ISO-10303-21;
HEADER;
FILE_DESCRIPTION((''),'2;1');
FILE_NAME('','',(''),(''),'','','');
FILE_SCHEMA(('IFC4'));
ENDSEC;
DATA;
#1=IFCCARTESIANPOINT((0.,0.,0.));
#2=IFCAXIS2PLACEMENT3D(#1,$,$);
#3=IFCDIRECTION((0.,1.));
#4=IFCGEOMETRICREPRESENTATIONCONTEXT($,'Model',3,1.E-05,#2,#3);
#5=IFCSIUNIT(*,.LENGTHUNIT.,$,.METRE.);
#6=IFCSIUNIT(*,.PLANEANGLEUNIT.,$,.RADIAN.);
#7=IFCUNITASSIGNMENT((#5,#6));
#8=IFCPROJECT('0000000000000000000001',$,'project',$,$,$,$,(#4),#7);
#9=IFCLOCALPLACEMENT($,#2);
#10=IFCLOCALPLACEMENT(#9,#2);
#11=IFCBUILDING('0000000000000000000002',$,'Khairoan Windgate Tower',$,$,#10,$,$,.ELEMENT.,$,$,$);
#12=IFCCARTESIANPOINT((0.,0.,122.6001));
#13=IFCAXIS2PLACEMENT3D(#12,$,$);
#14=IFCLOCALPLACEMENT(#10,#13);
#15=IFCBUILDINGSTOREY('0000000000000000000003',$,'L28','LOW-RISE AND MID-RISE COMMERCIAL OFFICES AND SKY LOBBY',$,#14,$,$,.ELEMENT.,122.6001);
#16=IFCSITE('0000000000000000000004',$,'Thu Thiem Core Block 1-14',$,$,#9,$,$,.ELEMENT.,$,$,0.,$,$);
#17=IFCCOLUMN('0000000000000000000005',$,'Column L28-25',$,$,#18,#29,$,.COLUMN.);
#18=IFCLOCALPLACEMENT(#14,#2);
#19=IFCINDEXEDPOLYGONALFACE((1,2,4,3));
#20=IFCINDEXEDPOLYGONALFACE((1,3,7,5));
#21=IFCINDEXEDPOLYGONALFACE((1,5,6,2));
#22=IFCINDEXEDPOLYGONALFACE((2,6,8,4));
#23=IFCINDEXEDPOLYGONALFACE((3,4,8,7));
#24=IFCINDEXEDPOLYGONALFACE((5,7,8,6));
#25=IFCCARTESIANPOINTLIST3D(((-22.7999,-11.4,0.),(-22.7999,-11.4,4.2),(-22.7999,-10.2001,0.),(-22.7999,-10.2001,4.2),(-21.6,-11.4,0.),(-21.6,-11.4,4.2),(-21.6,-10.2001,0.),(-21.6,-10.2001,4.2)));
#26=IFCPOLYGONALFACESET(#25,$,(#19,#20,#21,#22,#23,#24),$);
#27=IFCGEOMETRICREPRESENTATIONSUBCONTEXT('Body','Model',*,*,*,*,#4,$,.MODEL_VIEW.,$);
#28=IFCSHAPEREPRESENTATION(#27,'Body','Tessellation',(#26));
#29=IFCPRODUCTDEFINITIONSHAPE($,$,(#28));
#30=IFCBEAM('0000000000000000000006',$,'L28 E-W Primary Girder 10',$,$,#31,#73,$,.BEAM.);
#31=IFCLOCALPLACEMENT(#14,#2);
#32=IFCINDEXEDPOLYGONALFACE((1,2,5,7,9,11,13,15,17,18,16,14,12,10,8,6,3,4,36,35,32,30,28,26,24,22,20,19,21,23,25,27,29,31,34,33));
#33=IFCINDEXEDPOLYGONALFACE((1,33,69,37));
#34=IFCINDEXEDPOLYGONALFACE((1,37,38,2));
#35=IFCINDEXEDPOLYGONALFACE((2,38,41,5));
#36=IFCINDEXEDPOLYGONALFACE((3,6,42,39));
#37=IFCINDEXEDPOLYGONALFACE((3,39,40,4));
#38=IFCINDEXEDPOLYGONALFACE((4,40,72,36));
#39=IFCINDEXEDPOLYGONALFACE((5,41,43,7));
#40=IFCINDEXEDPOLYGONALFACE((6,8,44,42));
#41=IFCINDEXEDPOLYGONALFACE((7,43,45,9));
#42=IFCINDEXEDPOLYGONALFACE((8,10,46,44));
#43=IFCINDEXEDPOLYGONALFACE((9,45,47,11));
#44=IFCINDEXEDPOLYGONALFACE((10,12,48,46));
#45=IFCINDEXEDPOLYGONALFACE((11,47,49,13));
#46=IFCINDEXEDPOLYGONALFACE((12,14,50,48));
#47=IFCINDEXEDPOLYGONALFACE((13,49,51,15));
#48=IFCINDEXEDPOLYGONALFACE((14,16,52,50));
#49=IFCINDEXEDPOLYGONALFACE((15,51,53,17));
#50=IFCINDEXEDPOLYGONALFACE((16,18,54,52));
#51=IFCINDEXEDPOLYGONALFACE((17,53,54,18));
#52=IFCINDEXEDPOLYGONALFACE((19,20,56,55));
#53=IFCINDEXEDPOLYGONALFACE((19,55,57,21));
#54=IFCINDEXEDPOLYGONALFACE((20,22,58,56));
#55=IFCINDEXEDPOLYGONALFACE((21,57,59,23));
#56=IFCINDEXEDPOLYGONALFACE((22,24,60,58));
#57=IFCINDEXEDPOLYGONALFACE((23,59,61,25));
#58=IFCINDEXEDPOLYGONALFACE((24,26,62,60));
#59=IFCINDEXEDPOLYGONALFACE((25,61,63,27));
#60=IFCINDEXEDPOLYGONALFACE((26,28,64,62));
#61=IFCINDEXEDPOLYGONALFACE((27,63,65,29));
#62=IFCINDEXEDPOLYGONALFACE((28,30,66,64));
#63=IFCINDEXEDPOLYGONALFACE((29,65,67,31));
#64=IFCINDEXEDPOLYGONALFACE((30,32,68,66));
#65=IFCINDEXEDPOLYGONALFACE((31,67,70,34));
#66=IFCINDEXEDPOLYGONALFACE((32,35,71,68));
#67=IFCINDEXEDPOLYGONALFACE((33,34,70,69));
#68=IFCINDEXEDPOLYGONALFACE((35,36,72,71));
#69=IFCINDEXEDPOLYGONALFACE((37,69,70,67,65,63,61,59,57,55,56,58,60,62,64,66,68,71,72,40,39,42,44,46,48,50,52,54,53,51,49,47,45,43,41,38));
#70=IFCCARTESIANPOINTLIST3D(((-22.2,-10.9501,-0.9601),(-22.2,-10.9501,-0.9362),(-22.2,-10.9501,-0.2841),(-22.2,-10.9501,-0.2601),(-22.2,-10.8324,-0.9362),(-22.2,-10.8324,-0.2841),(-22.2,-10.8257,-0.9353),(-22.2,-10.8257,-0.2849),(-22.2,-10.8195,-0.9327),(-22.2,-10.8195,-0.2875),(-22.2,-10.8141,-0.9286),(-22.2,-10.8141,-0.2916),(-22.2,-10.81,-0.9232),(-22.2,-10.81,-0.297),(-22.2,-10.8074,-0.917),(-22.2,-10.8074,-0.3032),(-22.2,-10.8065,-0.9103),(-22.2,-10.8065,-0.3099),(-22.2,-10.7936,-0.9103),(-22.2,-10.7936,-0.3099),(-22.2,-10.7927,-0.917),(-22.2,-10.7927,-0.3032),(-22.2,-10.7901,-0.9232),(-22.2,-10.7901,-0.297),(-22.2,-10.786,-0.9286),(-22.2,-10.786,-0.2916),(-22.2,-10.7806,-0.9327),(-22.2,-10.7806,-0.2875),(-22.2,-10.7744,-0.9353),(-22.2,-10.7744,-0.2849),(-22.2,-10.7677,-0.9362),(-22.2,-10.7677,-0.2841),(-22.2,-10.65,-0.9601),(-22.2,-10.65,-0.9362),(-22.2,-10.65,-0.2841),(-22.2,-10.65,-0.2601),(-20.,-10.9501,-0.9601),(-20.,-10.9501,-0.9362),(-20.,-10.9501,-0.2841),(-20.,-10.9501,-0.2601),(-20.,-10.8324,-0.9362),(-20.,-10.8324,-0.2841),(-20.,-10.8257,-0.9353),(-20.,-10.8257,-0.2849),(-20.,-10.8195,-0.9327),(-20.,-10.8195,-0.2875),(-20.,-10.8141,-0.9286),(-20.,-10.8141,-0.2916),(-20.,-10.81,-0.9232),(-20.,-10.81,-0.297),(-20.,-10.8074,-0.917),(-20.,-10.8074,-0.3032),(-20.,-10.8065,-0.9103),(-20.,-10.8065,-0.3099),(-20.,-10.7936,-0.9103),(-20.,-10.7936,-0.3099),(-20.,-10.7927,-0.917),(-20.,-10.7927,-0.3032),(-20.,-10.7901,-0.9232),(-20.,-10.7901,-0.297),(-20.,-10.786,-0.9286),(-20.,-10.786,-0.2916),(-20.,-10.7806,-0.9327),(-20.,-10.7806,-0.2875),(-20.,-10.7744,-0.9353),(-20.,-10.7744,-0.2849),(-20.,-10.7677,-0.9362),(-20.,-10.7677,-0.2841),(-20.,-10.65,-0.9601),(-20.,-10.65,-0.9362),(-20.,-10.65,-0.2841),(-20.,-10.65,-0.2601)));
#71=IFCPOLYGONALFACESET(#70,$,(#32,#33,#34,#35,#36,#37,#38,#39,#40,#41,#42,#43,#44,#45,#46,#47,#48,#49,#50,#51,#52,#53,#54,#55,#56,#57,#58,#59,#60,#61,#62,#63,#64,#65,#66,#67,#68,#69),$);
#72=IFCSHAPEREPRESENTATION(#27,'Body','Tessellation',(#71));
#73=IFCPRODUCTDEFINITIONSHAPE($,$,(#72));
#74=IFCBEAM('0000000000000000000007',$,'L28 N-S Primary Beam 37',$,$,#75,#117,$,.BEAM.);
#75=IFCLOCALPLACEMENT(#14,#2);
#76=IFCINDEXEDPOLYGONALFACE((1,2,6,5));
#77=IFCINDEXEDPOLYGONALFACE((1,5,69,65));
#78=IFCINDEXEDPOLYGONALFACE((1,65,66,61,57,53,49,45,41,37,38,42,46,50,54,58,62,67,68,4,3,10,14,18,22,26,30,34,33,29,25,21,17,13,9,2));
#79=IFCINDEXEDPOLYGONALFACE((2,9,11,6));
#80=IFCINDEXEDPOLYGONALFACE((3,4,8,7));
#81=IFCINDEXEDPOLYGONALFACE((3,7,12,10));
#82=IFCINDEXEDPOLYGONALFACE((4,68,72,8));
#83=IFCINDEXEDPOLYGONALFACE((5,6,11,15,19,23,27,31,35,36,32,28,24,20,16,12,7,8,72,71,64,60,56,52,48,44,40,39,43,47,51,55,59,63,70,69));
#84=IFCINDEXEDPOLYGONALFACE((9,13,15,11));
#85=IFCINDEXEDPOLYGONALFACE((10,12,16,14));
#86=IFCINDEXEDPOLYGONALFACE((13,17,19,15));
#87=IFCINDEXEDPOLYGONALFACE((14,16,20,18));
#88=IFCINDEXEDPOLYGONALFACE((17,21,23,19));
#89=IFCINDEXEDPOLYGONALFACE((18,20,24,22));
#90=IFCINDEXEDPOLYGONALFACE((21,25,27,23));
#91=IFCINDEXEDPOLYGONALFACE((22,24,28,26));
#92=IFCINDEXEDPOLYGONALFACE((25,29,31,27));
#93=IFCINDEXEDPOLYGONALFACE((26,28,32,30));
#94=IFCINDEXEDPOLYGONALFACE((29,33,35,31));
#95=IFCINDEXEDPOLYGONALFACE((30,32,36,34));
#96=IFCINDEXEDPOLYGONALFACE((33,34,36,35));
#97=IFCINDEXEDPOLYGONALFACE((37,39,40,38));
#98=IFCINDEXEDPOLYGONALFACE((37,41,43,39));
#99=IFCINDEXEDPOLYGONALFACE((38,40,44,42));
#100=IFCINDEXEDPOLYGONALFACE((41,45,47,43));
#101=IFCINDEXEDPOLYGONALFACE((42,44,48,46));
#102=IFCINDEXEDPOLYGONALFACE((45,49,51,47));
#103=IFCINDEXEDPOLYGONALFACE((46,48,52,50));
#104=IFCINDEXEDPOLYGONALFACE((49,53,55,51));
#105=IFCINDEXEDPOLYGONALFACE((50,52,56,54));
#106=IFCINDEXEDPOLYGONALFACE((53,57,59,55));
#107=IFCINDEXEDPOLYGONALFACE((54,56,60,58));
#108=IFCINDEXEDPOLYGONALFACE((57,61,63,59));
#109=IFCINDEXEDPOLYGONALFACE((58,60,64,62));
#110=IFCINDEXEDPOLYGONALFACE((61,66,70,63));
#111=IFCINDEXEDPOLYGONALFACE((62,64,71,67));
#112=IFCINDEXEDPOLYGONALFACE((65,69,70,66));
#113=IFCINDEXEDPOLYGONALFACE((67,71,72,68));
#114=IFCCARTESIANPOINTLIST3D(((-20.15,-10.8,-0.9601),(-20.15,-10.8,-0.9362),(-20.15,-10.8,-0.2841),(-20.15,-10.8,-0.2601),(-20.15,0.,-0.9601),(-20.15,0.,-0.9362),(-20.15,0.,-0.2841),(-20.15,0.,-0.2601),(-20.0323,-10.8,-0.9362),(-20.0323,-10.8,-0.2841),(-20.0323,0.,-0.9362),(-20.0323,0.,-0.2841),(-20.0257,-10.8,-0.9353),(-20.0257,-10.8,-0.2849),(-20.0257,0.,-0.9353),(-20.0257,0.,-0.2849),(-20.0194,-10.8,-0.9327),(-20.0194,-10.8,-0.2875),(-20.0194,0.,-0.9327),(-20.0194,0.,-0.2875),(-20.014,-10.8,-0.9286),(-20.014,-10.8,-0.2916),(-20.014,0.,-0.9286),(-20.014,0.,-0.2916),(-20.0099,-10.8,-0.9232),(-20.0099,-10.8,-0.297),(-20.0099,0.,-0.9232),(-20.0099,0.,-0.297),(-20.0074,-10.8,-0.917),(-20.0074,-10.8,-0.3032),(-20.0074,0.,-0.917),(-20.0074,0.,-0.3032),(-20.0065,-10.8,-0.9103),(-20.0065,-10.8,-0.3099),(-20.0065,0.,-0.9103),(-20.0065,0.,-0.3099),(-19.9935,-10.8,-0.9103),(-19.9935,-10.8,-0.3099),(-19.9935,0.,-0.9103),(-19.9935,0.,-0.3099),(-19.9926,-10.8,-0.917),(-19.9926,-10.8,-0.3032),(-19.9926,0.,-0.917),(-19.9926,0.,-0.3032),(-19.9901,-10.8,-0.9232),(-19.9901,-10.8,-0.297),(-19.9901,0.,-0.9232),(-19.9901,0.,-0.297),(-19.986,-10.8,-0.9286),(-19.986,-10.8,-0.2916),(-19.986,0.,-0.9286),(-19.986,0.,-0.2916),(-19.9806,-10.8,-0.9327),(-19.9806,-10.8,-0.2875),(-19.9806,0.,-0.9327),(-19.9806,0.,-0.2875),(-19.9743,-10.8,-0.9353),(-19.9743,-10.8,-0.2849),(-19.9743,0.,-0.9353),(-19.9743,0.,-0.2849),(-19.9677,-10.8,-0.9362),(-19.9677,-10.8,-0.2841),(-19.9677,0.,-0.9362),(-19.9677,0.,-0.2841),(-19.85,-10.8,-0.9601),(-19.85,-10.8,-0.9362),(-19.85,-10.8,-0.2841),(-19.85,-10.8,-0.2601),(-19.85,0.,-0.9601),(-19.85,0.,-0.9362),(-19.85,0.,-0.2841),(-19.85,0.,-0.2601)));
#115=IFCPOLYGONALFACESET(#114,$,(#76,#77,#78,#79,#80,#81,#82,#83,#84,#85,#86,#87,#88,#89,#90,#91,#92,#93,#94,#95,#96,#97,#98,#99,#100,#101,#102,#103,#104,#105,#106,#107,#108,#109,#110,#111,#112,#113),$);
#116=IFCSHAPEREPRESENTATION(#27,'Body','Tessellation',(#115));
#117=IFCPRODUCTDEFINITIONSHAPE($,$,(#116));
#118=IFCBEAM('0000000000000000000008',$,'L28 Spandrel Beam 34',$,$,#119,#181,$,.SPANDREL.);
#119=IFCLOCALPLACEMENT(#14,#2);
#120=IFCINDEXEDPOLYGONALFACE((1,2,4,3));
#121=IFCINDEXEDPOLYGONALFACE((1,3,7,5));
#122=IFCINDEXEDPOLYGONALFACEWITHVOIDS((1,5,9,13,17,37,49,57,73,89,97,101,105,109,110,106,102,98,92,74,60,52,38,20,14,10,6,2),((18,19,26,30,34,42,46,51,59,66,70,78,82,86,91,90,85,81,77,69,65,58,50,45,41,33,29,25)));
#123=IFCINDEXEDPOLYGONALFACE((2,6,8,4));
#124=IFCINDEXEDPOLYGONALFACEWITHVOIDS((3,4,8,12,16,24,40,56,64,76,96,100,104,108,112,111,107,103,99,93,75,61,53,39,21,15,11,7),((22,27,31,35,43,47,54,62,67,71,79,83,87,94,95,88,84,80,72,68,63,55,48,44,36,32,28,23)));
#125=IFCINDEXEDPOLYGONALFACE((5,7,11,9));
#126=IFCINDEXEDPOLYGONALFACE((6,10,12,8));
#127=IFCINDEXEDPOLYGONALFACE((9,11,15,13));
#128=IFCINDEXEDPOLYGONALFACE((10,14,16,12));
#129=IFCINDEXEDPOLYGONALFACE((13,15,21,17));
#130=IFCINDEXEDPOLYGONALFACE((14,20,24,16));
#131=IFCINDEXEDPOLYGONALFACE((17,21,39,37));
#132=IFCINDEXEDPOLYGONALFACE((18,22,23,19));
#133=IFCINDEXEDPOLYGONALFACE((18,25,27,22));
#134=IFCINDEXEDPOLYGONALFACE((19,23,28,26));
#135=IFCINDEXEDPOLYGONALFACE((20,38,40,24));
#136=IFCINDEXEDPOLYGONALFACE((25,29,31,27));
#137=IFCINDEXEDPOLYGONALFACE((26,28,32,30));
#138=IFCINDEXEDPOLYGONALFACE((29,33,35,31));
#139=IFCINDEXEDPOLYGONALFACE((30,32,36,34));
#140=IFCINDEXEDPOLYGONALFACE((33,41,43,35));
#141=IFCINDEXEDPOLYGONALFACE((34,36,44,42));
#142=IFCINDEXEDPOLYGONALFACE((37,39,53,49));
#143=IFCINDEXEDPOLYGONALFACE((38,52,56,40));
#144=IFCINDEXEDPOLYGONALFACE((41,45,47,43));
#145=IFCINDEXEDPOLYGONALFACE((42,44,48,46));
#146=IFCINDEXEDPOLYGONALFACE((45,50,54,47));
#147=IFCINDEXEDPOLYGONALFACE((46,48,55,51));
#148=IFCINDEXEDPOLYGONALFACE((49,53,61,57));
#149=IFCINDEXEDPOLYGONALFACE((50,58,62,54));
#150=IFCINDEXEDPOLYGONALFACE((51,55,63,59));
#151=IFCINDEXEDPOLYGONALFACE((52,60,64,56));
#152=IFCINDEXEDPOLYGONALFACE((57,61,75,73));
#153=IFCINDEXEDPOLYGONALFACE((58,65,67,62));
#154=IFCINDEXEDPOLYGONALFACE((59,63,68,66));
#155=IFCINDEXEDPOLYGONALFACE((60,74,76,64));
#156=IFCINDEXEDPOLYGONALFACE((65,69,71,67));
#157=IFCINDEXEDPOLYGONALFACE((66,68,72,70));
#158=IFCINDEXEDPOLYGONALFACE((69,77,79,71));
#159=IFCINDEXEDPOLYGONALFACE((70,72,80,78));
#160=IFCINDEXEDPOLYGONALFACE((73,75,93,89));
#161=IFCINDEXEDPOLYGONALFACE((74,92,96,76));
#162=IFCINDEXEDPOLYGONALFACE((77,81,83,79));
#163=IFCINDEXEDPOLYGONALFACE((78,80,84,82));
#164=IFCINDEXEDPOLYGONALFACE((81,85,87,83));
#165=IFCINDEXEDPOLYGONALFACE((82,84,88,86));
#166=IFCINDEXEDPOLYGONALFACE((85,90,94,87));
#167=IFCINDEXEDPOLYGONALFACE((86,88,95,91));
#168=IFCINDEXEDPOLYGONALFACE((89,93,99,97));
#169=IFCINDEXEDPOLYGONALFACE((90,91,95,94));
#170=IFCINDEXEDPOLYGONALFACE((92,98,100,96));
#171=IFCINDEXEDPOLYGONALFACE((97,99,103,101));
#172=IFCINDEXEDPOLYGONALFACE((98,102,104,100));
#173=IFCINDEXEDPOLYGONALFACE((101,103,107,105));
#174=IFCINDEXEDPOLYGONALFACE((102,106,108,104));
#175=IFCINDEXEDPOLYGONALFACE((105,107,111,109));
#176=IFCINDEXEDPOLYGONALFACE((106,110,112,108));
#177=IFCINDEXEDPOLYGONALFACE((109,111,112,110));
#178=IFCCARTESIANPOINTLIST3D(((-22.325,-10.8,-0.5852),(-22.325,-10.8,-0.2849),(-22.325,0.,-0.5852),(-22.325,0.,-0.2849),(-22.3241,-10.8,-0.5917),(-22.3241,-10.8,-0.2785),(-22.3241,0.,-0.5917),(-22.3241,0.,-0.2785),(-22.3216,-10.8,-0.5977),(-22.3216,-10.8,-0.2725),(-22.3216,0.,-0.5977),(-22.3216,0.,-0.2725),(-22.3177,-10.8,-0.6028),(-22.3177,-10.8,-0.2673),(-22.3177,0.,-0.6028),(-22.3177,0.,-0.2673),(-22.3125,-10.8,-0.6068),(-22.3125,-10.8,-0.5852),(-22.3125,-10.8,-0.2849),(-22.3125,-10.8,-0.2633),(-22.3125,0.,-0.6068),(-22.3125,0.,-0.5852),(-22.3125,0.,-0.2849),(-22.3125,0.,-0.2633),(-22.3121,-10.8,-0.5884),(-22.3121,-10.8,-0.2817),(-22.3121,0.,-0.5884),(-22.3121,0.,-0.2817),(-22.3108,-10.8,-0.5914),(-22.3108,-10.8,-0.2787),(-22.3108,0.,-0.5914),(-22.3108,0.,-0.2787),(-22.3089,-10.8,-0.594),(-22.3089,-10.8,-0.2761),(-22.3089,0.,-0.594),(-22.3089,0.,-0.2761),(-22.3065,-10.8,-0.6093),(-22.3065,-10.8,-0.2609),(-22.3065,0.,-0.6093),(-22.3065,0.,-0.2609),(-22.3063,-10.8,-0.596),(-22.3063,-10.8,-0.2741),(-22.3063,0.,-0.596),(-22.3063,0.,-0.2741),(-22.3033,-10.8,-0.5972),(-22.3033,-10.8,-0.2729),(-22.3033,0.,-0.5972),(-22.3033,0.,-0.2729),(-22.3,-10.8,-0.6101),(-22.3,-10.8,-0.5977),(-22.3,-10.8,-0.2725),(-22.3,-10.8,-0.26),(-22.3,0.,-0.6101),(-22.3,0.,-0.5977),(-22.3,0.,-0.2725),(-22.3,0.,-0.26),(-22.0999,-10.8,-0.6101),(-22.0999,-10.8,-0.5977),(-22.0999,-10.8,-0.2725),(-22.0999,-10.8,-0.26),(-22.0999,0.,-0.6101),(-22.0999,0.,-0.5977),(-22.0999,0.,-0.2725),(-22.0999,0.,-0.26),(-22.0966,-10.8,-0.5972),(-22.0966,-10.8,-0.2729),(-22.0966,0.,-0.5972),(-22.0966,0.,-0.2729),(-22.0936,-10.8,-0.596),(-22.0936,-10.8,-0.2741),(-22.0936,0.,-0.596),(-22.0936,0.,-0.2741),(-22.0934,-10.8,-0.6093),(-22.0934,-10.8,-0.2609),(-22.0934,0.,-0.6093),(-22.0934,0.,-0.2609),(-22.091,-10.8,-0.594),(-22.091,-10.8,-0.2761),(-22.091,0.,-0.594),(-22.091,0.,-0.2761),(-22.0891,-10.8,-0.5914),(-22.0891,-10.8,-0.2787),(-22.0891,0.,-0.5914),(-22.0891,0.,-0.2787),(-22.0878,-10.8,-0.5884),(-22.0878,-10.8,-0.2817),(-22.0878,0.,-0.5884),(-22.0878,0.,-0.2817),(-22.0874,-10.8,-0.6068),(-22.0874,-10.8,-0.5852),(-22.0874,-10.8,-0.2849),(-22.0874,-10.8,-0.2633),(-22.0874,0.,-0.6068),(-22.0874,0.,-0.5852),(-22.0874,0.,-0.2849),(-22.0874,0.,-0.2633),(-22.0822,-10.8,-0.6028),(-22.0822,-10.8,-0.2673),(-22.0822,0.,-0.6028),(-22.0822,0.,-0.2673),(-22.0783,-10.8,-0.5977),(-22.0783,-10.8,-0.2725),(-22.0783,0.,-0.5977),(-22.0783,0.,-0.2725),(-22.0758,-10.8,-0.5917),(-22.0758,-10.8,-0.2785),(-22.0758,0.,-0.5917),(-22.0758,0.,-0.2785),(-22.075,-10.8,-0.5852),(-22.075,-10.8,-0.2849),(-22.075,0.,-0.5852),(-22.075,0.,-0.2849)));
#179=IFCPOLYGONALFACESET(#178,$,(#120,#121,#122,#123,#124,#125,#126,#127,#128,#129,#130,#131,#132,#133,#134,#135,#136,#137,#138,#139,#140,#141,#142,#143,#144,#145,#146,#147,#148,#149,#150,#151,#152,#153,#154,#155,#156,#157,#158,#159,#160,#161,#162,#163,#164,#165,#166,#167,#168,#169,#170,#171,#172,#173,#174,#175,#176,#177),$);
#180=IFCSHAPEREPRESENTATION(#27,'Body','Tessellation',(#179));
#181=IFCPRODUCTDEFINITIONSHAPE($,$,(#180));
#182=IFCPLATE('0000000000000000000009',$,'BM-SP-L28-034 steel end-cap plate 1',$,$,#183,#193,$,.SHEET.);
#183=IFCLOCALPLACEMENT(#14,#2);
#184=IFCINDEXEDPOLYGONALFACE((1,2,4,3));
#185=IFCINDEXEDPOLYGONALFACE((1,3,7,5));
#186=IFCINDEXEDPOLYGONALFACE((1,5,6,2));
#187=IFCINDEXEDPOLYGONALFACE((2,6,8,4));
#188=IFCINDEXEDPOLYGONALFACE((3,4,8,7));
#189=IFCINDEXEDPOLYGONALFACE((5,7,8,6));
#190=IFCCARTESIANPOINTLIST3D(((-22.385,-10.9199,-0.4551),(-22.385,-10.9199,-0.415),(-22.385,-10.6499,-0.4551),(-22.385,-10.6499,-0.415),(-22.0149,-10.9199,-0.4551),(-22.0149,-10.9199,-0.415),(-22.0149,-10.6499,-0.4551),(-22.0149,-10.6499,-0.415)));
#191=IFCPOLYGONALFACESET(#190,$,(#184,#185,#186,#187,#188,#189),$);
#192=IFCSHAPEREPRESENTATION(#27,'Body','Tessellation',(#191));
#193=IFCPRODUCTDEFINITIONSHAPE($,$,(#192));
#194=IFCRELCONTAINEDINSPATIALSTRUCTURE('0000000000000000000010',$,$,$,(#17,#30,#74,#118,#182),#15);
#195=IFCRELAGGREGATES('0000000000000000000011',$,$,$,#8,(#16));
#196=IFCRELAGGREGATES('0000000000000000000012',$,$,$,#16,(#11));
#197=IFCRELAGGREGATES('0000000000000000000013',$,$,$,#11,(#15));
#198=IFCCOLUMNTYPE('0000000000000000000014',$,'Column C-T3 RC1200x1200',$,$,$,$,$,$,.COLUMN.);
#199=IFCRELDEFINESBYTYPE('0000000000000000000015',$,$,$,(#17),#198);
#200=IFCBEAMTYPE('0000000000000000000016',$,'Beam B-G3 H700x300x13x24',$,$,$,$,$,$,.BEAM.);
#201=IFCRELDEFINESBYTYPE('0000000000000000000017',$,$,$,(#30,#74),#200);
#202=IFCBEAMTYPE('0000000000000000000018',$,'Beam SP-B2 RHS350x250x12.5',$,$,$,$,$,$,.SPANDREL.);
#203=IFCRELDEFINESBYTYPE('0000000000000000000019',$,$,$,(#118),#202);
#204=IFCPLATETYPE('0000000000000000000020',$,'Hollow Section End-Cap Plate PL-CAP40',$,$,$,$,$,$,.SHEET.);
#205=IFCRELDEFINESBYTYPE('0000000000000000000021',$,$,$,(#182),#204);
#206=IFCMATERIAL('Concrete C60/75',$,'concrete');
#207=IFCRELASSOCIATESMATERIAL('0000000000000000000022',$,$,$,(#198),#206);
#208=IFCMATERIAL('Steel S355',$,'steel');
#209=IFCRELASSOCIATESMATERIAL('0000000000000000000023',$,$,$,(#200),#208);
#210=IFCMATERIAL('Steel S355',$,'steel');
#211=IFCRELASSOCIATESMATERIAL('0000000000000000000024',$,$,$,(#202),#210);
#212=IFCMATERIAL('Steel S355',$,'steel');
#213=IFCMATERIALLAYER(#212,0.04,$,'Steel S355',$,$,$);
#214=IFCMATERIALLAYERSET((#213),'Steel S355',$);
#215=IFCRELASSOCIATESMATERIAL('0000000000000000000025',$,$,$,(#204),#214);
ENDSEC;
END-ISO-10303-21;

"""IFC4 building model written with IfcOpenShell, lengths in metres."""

from ifc_helpers import new_model, si_unit, direction, frame, origin, origin_2d, place, context, subcontext, project, spatial, rectangle, hollow_rectangle, i_section, extrude, material, layer, layer_set, material_profile, profile_set, type_object, element, save


model = new_model("IFC4")

# Units and contexts
model_context = context("Model", 3, precision=1e-05, world=origin(), true_north=direction((0.0, 1.0)))
body_context = subcontext(model_context, "Body", "Model", "MODEL_VIEW")
ifc_project = project(units=[si_unit("LENGTHUNIT", "METRE"), si_unit("PLANEANGLEUNIT", "RADIAN")], contexts=[model_context])

# Site, building, storey
site_placement = place(None, origin())
site = spatial("IfcSite", under=ifc_project, at=site_placement, Name="Thu Thiem Core Block 1-14", CompositionType="ELEMENT", RefElevation=0.0)
building_placement = place(site_placement, origin())
building = spatial("IfcBuilding", under=site, at=building_placement, Name="Khairoan Windgate Tower", CompositionType="ELEMENT")
storey_placement = place(building_placement, frame((0.0, 0.0, 122.6001)))
storey = spatial("IfcBuildingStorey", under=building, at=storey_placement, Name="L28", Description="LOW-RISE AND MID-RISE COMMERCIAL OFFICES AND SKY LOBBY", CompositionType="ELEMENT", Elevation=122.6001)

# Column
ifc_material_1 = material(Name="Concrete C60/75", Category="concrete")
ifc_material_profile_1 = material_profile(ifc_material_1, rectangle(XDim=1.2, YDim=1.2, at=origin_2d()))
ifc_profile_set_1 = profile_set([ifc_material_profile_1], Name="Concrete C60/75")
column_type = type_object("IfcColumnType", Name="Column C-T3 RC1200x1200", PredefinedType="COLUMN", material=ifc_profile_set_1)
column_placement = place(storey_placement, frame((-22.2, -10.8, 0.0), z_axis=(0.0, 0.0, 1.0), x_axis=(1.0, 0.0, 0.0)))
element("IfcColumn", 1, at=column_placement, inside=storey, type_object=column_type, Name="Column L28-25", PredefinedType="COLUMN", context=body_context, shape_type="SweptSolid", body=[
    extrude(rectangle(XDim=1.2, YDim=1.2, at=origin_2d()), origin(), (0.0, 0.0, 1.0), 4.2),
])

# Beams
ifc_material_2 = material(Name="Steel S355", Category="steel")
ifc_material_profile_2 = material_profile(ifc_material_2, i_section(OverallWidth=0.3, OverallDepth=0.7, WebThickness=0.0129, FlangeThickness=0.0239, FilletRadius=0.0259, at=origin_2d()))
ifc_profile_set_2 = profile_set([ifc_material_profile_2], Name="Steel S355")
beam_type_1 = type_object("IfcBeamType", Name="Beam B-G3 H700x300x13x24", PredefinedType="BEAM", material=ifc_profile_set_2)
beam_1_placement = place(storey_placement, frame((-22.2, -10.8, -0.6101), z_axis=(1.0, 0.0, 0.0), x_axis=(0.0, 1.0, 0.0)))
element("IfcBeam", 2, at=beam_1_placement, inside=storey, type_object=beam_type_1, Name="L28 E-W Primary Girder 10", PredefinedType="BEAM", context=body_context, shape_type="SweptSolid", body=[
    extrude(i_section(OverallWidth=0.3, OverallDepth=0.7, WebThickness=0.0129, FlangeThickness=0.0239, FilletRadius=0.0259, at=origin_2d()), origin(), (0.0, 0.0, 1.0), 2.2),
])
beam_2_placement = place(storey_placement, frame((-20.0, -10.8, -0.6101), z_axis=(0.0, 1.0, 0.0), x_axis=(-1.0, 0.0, 0.0)))
element("IfcBeam", 3, at=beam_2_placement, inside=storey, type_object=beam_type_1, Name="L28 N-S Primary Beam 37", PredefinedType="BEAM", context=body_context, shape_type="SweptSolid", body=[
    extrude(i_section(OverallWidth=0.3, OverallDepth=0.7, WebThickness=0.0129, FlangeThickness=0.0239, FilletRadius=0.0259, at=origin_2d()), origin(), (0.0, 0.0, 1.0), 10.8),
])
ifc_material_3 = material(Name="Steel S355", Category="steel")
ifc_material_profile_3 = material_profile(ifc_material_3, hollow_rectangle(XDim=0.25, YDim=0.3501, WallThickness=0.0125, InnerFilletRadius=0.0125, OuterFilletRadius=0.0249, at=origin_2d()))
ifc_profile_set_3 = profile_set([ifc_material_profile_3], Name="Steel S355")
beam_type_2 = type_object("IfcBeamType", Name="Beam SP-B2 RHS350x250x12.5", PredefinedType="SPANDREL", material=ifc_profile_set_3)
beam_3_placement = place(storey_placement, frame((-22.2, -10.8, -0.4351), z_axis=(0.0, 1.0, 0.0), x_axis=(-1.0, 0.0, 0.0)))
element("IfcBeam", 4, at=beam_3_placement, inside=storey, type_object=beam_type_2, Name="L28 Spandrel Beam 34", PredefinedType="SPANDREL", context=body_context, shape_type="SweptSolid", body=[
    extrude(hollow_rectangle(XDim=0.25, YDim=0.3501, WallThickness=0.0125, InnerFilletRadius=0.0125, OuterFilletRadius=0.0249, at=origin_2d()), origin(), (0.0, 0.0, 1.0), 10.8),
])

# Plate
ifc_material_4 = material(Name="Steel S355", Category="steel")
ifc_layer_1 = layer(ifc_material_4, 0.04, Name="Steel S355")
ifc_layer_set_1 = layer_set([ifc_layer_1], Name="Steel S355")
plate_type_1 = type_object("IfcPlateType", Name="Hollow Section End-Cap Plate PL-CAP40", PredefinedType="SHEET", material=ifc_layer_set_1)
plate_1_placement = place(storey_placement, frame((-22.2, -10.7849, -0.4551), z_axis=(0.0, 0.0, 1.0), x_axis=(0.0, 1.0, 0.0)))
element("IfcPlate", 5, at=plate_1_placement, inside=storey, type_object=plate_type_1, Name="BM-SP-L28-034 steel end-cap plate 1", PredefinedType="SHEET", context=body_context, shape_type="SweptSolid", body=[
    extrude(rectangle(XDim=0.27, YDim=0.3701, at=origin_2d()), origin(), (0.0, 0.0, 1.0), 0.04),
])

save(model, "model.ifc")
